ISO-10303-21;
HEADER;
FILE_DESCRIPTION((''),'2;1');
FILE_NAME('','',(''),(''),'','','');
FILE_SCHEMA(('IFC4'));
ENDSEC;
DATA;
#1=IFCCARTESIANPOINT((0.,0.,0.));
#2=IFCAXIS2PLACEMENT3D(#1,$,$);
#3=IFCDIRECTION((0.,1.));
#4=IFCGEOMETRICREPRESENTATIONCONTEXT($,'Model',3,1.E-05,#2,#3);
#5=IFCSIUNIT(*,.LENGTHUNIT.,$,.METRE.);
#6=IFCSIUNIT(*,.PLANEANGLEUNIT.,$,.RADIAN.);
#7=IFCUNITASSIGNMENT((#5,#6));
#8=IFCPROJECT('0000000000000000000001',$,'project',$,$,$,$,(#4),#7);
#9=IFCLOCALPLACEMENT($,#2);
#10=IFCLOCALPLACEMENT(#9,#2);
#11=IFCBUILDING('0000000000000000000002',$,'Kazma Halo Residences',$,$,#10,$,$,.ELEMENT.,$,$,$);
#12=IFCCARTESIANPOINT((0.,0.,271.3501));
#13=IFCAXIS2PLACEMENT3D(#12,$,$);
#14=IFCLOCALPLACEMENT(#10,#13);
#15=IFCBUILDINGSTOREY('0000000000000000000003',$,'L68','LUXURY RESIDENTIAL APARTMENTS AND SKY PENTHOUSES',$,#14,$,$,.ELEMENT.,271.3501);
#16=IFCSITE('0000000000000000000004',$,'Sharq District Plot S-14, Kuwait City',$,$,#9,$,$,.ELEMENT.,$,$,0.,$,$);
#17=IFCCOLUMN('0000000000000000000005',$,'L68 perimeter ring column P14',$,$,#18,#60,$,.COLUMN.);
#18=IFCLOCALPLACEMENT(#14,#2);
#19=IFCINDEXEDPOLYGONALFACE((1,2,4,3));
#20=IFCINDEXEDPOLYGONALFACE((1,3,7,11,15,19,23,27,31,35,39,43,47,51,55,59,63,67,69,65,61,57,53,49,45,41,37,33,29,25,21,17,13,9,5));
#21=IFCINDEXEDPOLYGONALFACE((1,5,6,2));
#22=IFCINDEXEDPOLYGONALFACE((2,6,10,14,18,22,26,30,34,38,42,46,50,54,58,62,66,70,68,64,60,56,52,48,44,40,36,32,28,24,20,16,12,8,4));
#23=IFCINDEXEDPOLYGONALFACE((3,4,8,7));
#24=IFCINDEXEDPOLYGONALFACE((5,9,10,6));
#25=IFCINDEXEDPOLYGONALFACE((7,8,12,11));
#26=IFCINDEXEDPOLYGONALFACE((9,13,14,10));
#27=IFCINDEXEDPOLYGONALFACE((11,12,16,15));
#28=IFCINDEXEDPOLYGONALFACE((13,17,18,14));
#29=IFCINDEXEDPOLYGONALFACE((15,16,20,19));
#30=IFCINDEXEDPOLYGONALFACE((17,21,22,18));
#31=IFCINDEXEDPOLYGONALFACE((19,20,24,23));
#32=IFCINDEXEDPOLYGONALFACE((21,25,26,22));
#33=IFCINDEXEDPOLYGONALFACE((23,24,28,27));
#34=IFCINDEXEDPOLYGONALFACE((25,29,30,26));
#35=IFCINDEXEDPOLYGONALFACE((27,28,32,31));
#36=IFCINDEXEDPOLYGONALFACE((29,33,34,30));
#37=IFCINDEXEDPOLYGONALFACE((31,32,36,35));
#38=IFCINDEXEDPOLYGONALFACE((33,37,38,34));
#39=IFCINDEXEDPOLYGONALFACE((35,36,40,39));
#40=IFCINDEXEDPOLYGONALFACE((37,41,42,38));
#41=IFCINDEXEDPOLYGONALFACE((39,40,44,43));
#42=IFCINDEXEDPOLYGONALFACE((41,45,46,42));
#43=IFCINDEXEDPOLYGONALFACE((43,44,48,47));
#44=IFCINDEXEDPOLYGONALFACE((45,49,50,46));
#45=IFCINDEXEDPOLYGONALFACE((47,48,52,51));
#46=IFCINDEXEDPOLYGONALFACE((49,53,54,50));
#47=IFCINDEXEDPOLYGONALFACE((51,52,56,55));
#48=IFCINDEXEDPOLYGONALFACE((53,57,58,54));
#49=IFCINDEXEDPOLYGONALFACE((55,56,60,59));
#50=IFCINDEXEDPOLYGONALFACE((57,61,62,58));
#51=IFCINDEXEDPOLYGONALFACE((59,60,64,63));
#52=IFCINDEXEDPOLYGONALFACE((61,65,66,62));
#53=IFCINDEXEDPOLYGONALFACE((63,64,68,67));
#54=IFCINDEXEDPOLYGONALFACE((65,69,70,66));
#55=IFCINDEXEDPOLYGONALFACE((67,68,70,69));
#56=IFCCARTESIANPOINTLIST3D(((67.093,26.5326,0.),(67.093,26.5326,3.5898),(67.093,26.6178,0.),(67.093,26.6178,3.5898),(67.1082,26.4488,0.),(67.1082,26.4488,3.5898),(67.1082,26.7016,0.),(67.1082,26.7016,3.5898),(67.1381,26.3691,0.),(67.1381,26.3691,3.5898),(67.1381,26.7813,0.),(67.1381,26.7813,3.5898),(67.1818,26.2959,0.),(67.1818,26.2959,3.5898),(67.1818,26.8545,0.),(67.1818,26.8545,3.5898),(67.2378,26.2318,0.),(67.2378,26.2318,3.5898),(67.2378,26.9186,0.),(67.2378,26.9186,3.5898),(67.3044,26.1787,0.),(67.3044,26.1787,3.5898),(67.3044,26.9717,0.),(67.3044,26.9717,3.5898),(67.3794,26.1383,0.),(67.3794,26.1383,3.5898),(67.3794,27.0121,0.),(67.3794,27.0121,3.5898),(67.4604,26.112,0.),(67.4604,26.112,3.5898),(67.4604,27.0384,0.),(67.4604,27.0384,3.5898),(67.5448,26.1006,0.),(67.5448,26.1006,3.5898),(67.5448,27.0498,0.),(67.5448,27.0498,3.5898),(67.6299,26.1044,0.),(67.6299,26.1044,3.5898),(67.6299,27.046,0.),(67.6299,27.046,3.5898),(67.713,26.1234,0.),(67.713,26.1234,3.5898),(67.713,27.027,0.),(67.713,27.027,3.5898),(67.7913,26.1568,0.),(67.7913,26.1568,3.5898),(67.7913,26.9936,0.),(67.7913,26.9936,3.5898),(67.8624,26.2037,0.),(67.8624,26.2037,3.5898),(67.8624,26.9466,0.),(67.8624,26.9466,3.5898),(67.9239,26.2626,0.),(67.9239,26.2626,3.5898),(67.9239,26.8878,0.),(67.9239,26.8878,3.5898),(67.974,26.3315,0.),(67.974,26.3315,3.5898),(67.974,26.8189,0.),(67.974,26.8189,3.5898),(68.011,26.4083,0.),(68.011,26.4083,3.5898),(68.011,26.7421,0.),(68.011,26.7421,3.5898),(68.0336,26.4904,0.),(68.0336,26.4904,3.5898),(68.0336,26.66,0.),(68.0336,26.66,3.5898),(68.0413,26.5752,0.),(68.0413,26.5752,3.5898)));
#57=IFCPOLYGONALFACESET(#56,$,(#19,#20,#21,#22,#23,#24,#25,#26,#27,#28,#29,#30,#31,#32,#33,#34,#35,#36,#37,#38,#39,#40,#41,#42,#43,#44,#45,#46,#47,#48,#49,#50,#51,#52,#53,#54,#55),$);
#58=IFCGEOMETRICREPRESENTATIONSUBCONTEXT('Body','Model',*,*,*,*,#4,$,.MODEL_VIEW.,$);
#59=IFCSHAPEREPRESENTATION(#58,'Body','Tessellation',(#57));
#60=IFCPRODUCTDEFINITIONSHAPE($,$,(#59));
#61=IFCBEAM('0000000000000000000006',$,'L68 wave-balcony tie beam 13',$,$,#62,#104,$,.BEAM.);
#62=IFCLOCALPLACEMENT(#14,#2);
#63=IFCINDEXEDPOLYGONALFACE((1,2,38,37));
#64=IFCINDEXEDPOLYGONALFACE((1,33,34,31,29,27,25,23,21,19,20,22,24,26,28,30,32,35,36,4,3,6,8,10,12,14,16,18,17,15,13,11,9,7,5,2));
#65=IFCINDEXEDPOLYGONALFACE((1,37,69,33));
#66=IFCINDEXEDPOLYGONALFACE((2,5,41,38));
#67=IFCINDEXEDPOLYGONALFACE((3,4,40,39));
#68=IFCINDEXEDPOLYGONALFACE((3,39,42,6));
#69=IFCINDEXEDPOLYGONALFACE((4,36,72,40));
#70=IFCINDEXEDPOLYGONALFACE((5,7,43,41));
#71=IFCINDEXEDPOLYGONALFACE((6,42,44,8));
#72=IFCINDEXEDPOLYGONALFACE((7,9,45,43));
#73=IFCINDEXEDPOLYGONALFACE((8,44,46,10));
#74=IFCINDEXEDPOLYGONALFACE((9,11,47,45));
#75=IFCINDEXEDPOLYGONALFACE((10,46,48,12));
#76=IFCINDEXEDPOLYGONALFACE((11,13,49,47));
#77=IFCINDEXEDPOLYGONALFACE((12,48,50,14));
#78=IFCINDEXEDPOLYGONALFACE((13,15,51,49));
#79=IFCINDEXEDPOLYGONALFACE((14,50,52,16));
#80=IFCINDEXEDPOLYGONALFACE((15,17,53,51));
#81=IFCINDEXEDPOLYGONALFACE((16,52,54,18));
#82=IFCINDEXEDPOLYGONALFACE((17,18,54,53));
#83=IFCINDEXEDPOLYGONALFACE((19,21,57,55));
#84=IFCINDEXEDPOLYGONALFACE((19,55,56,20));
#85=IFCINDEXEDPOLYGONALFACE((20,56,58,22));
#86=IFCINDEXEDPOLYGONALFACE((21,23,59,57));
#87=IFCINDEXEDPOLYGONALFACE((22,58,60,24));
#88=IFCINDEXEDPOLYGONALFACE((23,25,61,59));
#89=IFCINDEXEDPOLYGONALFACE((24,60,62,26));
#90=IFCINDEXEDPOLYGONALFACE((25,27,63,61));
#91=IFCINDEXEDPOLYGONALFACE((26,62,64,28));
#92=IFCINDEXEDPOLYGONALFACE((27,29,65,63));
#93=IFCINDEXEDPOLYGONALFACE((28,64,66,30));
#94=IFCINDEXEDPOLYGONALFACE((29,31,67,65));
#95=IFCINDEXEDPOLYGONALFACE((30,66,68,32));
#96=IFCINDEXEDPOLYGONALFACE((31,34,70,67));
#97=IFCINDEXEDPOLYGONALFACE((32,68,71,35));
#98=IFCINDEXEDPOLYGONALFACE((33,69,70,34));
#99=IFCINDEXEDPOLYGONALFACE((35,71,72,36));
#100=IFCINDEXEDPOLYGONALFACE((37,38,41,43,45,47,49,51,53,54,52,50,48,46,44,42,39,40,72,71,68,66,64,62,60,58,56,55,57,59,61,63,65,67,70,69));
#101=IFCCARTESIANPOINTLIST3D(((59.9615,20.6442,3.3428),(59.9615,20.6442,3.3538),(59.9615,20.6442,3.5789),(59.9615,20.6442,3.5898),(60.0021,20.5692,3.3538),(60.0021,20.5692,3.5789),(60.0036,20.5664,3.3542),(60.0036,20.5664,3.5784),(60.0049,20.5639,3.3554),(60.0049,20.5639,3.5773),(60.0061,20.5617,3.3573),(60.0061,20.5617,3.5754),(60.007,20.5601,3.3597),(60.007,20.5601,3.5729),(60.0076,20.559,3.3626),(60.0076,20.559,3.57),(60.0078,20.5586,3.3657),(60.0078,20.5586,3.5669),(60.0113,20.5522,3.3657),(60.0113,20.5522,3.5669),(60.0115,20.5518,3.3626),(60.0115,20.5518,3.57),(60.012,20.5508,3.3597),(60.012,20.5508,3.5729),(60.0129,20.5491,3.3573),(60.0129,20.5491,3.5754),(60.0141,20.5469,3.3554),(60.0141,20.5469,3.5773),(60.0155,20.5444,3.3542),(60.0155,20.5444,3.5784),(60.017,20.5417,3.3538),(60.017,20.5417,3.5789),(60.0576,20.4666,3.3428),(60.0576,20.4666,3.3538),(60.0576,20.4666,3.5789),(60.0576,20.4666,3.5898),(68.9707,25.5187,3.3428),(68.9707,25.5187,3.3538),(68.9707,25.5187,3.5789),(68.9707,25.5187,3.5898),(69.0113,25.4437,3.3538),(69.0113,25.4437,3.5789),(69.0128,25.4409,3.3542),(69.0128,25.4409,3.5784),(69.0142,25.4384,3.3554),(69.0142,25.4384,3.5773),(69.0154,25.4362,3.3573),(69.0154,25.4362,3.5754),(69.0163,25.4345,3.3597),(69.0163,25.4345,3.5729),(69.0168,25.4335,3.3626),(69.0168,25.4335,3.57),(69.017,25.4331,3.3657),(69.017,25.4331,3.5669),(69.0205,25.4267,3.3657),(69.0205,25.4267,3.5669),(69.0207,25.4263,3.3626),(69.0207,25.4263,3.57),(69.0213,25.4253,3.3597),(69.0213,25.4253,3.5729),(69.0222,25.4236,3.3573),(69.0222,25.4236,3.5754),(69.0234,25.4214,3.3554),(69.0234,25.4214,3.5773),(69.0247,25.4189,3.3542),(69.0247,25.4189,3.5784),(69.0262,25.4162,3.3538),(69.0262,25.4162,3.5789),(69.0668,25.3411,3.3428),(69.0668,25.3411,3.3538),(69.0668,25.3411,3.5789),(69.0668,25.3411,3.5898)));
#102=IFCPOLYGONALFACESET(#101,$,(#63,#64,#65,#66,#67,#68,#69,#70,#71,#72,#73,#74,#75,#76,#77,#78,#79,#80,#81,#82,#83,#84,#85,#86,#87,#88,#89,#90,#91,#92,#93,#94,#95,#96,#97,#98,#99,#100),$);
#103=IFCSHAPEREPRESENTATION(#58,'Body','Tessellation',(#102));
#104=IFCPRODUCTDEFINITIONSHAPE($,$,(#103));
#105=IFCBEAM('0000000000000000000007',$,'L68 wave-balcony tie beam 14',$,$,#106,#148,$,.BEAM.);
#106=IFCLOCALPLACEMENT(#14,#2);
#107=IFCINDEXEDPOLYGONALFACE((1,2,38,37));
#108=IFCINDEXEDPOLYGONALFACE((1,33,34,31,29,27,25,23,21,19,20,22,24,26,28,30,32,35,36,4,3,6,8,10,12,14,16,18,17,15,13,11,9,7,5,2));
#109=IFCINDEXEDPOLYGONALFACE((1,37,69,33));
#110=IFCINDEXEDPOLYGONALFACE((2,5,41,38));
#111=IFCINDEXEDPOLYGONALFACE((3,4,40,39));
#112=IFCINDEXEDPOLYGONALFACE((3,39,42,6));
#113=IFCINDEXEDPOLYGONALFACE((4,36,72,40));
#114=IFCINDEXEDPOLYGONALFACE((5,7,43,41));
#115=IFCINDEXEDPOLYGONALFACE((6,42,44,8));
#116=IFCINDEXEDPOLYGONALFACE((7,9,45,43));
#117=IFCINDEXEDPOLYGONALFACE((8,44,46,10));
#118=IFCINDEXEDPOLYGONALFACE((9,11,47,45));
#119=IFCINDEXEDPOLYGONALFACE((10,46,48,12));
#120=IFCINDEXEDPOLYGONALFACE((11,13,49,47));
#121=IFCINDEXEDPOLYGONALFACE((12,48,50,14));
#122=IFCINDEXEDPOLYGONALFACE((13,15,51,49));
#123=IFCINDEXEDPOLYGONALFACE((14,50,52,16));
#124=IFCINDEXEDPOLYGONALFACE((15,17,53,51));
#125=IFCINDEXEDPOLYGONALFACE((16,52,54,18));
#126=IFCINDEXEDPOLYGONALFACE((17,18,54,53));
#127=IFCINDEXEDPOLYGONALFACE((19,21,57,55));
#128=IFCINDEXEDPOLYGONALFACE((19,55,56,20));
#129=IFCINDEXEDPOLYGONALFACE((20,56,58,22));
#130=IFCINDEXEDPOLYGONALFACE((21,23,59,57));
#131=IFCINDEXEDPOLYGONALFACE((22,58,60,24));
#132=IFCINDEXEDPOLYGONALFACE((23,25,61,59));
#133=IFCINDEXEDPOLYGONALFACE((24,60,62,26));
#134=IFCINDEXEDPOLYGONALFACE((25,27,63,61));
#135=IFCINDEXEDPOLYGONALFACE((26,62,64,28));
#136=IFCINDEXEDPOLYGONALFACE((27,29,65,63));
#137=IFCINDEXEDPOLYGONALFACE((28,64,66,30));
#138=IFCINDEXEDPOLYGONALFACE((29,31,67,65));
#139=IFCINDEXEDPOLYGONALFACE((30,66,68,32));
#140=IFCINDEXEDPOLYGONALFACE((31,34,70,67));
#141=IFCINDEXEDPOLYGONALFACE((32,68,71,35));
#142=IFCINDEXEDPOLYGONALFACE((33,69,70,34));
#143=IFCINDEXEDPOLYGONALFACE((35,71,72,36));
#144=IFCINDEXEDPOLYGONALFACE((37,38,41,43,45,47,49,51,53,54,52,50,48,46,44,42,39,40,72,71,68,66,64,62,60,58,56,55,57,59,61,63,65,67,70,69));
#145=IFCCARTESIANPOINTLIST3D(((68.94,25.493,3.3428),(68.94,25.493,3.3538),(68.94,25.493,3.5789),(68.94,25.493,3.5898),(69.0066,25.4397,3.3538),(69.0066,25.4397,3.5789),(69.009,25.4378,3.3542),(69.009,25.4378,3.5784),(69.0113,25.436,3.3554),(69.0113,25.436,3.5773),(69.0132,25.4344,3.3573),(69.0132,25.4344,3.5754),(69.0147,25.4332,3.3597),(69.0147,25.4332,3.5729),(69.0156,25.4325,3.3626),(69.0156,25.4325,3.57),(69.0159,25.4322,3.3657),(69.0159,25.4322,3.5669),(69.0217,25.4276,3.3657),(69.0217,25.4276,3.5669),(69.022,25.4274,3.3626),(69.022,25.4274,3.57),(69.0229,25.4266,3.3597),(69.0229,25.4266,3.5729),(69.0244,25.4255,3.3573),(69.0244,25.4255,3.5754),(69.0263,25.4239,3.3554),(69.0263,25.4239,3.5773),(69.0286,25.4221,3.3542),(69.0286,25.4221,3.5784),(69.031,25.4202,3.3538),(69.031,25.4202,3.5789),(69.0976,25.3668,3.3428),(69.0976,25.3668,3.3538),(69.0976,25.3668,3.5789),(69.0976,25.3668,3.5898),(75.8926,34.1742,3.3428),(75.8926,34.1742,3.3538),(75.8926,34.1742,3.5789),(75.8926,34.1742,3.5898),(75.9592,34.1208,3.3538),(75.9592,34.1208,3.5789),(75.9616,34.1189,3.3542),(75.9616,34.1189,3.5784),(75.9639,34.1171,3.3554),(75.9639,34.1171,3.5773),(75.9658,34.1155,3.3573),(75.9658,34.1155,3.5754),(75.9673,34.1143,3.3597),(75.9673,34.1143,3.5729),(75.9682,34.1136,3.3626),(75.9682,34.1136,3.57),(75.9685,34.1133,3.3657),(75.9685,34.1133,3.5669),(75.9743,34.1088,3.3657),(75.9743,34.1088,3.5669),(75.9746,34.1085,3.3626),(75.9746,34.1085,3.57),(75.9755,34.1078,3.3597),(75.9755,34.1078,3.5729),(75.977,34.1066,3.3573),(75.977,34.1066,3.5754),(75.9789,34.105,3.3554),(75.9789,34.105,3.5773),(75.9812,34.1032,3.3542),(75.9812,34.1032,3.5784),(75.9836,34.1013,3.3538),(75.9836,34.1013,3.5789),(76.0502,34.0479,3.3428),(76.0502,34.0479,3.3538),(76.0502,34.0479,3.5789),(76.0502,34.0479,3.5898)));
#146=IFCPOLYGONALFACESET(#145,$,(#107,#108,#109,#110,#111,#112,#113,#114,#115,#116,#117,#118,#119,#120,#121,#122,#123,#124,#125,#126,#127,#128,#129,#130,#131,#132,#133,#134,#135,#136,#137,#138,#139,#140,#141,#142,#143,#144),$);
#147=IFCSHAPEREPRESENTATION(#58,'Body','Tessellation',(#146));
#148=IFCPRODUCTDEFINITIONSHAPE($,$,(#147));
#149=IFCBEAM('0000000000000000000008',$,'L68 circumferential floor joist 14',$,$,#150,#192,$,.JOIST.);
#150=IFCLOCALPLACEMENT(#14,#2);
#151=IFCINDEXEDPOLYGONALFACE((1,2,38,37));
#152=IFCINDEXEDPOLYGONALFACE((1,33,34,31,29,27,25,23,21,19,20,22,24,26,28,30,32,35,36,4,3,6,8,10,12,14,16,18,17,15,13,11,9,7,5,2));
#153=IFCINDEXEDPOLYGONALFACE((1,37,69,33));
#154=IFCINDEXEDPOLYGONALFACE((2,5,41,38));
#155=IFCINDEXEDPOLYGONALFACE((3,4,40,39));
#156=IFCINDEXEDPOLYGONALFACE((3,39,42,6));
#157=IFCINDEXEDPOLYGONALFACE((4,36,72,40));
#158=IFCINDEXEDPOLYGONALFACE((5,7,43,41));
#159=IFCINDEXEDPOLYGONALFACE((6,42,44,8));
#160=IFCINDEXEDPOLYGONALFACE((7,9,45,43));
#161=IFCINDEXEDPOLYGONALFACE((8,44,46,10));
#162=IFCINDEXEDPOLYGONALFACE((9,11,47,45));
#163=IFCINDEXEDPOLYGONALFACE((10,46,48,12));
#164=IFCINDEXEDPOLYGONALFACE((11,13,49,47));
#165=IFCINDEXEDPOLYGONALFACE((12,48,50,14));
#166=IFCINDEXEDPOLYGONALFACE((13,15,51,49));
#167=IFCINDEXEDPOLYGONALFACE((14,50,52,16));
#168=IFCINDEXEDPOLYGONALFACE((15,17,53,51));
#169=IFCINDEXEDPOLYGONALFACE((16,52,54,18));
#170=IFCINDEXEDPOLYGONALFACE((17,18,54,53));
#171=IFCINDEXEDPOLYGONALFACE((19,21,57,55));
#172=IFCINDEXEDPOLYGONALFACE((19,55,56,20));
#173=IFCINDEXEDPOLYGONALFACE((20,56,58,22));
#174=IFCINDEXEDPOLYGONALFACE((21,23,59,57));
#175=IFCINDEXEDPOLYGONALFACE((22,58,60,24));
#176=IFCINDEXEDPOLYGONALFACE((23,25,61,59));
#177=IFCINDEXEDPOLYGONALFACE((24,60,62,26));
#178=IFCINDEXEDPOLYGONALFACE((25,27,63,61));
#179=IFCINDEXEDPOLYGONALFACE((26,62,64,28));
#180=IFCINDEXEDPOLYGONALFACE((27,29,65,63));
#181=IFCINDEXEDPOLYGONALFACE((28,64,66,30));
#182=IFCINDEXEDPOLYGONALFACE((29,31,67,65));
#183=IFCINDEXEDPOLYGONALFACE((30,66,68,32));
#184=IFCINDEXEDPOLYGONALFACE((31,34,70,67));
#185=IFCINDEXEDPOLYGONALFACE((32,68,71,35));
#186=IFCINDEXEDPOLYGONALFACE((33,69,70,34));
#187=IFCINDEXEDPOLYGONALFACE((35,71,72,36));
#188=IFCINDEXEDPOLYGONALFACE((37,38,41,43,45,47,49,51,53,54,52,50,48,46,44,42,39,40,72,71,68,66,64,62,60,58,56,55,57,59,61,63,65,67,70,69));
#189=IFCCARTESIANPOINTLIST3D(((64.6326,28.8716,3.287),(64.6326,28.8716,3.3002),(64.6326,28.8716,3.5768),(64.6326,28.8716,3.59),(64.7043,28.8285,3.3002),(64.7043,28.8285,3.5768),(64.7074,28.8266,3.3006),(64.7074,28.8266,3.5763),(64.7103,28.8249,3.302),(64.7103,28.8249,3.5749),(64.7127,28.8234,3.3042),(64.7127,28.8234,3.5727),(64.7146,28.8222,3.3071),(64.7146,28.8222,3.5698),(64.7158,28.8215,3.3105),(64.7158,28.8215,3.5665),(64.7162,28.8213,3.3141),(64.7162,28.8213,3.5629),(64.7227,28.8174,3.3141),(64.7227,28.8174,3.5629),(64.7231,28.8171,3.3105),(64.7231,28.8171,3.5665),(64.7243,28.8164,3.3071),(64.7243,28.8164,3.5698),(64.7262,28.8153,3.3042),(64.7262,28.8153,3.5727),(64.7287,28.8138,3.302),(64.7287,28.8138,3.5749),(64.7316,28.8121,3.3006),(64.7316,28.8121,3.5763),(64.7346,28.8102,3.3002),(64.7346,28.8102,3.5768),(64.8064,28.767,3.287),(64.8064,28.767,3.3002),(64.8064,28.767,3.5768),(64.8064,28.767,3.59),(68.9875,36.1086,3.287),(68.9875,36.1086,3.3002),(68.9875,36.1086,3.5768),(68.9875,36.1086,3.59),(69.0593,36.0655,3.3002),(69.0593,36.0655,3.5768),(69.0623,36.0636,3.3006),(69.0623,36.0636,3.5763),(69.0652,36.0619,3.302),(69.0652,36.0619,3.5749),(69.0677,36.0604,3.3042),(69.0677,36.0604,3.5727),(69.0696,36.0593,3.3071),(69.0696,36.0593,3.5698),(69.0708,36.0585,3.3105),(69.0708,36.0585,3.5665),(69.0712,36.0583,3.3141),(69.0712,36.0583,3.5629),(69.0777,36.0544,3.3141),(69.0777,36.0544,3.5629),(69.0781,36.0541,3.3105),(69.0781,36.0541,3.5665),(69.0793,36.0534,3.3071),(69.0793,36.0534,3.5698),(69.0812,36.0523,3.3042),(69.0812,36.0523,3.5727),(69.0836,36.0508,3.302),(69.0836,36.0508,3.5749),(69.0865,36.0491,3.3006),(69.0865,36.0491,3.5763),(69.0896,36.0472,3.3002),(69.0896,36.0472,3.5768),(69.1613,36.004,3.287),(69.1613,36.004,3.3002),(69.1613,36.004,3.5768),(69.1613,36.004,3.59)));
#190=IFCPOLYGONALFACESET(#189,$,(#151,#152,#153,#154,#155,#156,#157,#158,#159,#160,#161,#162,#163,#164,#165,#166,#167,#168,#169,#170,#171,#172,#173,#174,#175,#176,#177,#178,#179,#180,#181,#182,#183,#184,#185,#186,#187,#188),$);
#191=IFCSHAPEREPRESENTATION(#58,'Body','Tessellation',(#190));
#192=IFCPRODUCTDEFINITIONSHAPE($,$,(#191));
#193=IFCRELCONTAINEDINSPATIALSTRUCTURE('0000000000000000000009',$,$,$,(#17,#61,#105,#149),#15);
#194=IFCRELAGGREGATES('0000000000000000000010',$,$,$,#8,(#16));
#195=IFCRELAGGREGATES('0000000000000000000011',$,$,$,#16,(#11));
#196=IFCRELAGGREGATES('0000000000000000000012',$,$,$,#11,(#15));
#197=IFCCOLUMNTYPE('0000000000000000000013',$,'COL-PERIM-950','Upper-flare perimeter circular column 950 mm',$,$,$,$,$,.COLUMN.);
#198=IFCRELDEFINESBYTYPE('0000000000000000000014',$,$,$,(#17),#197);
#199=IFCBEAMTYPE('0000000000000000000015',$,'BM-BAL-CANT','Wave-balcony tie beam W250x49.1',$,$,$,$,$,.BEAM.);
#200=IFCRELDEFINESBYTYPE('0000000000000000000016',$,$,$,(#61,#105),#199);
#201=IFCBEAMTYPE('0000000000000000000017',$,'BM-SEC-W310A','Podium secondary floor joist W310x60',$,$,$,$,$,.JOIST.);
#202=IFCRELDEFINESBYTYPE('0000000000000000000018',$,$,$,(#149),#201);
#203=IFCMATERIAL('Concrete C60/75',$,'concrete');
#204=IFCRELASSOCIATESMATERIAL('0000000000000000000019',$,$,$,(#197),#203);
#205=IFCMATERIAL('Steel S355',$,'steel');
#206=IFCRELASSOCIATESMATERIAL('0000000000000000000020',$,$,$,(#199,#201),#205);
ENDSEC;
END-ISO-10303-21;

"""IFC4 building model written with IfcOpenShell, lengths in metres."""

from ifc_helpers import new_model, si_unit, direction, frame, origin, origin_2d, place, context, subcontext, project, spatial, circle, i_section, extrude, material, material_profile, profile_set, type_object, element, save


model = new_model("IFC4")

# Units and contexts
model_context = context("Model", 3, precision=1e-05, world=origin(), true_north=direction((0.0, 1.0)))
body_context = subcontext(model_context, "Body", "Model", "MODEL_VIEW")
ifc_project = project(units=[si_unit("LENGTHUNIT", "METRE"), si_unit("PLANEANGLEUNIT", "RADIAN")], contexts=[model_context])

# Site, building, storey
site_placement = place(None, origin())
site = spatial("IfcSite", under=ifc_project, at=site_placement, Name="Sharq District Plot S-14, Kuwait City", CompositionType="ELEMENT", RefElevation=0.0)
building_placement = place(site_placement, origin())
building = spatial("IfcBuilding", under=site, at=building_placement, Name="Kazma Halo Residences", CompositionType="ELEMENT")
storey_placement = place(building_placement, frame((0.0, 0.0, 271.3501)))
storey = spatial("IfcBuildingStorey", under=building, at=storey_placement, Name="L68", Description="LUXURY RESIDENTIAL APARTMENTS AND SKY PENTHOUSES", CompositionType="ELEMENT", Elevation=271.3501)

# Column
ifc_material_1 = material(Name="Concrete C60/75", Category="concrete")
ifc_material_profile_1 = material_profile(ifc_material_1, circle(Radius=0.4751, at=origin_2d()), Name="CIRC950")
ifc_profile_set_1 = profile_set([ifc_material_profile_1], Name="Concrete C60/75")
column_type = type_object("IfcColumnType", Name="COL-PERIM-950", Description="Upper-flare perimeter circular column 950 mm", PredefinedType="COLUMN", material=ifc_profile_set_1)
column_placement = place(storey_placement, frame((67.5662, 26.5752, 0.0), z_axis=(0.0, 0.0, 1.0), x_axis=(1.0, 0.0, 0.0)))
element("IfcColumn", 1, at=column_placement, inside=storey, type_object=column_type, Name="L68 perimeter ring column P14", PredefinedType="COLUMN", context=body_context, shape_type="SweptSolid", body=[
    extrude(circle(Radius=0.4751, at=origin_2d()), origin(), (0.0, 0.0, 1.0), 3.5898),
])

# Beams
ifc_material_2 = material(Name="Steel S355", Category="steel")
ifc_material_profile_2 = material_profile(ifc_material_2, i_section(OverallWidth=0.2019, OverallDepth=0.2471, WebThickness=0.0073, FlangeThickness=0.011, FilletRadius=0.012, at=origin_2d()), Name="W250x49.1")
ifc_profile_set_2 = profile_set([ifc_material_profile_2], Name="Steel S355")
beam_type_1 = type_object("IfcBeamType", Name="BM-BAL-CANT", Description="Wave-balcony tie beam W250x49.1", PredefinedType="BEAM", material=ifc_profile_set_2)
beam_1_placement = place(storey_placement, frame((60.0095, 20.5554, 3.4663), z_axis=(0.879517, 0.475867, 0.0), x_axis=(-0.475867, 0.879517, 0.0)))
element("IfcBeam", 2, at=beam_1_placement, inside=storey, type_object=beam_type_1, Name="L68 wave-balcony tie beam 13", PredefinedType="BEAM", context=body_context, shape_type="SweptSolid", body=[
    extrude(i_section(OverallWidth=0.2019, OverallDepth=0.2471, WebThickness=0.0073, FlangeThickness=0.011, FilletRadius=0.012, at=origin_2d()), origin(), (0.0, 0.0, 1.0), 10.2434),
])
beam_2_placement = place(storey_placement, frame((69.0188, 25.4299, 3.4663), z_axis=(0.625118, 0.78053, 0.0), x_axis=(-0.78053, 0.625118, 0.0)))
element("IfcBeam", 3, at=beam_2_placement, inside=storey, type_object=beam_type_1, Name="L68 wave-balcony tie beam 14", PredefinedType="BEAM", context=body_context, shape_type="SweptSolid", body=[
    extrude(i_section(OverallWidth=0.2019, OverallDepth=0.2471, WebThickness=0.0073, FlangeThickness=0.011, FilletRadius=0.012, at=origin_2d()), origin(), (0.0, 0.0, 1.0), 11.1221),
])
ifc_material_profile_3 = material_profile(ifc_material_2, i_section(OverallWidth=0.2029, OverallDepth=0.303, WebThickness=0.0076, FlangeThickness=0.0132, FilletRadius=0.0139, at=origin_2d()), Name="W310x60")
ifc_profile_set_3 = profile_set([ifc_material_profile_3], Name="Steel S355")
beam_type_2 = type_object("IfcBeamType", Name="BM-SEC-W310A", Description="Podium secondary floor joist W310x60", PredefinedType="JOIST", material=ifc_profile_set_3)
beam_3_placement = place(storey_placement, frame((64.7195, 28.8193, 3.4385), z_axis=(0.515605, 0.856827, 0.0), x_axis=(-0.856827, 0.515605, 0.0)))
element("IfcBeam", 4, at=beam_3_placement, inside=storey, type_object=beam_type_2, Name="L68 circumferential floor joist 14", PredefinedType="JOIST", context=body_context, shape_type="SweptSolid", body=[
    extrude(i_section(OverallWidth=0.2029, OverallDepth=0.303, WebThickness=0.0076, FlangeThickness=0.0132, FilletRadius=0.0139, at=origin_2d()), origin(), (0.0, 0.0, 1.0), 8.4463),
])

save(model, "model.ifc")
